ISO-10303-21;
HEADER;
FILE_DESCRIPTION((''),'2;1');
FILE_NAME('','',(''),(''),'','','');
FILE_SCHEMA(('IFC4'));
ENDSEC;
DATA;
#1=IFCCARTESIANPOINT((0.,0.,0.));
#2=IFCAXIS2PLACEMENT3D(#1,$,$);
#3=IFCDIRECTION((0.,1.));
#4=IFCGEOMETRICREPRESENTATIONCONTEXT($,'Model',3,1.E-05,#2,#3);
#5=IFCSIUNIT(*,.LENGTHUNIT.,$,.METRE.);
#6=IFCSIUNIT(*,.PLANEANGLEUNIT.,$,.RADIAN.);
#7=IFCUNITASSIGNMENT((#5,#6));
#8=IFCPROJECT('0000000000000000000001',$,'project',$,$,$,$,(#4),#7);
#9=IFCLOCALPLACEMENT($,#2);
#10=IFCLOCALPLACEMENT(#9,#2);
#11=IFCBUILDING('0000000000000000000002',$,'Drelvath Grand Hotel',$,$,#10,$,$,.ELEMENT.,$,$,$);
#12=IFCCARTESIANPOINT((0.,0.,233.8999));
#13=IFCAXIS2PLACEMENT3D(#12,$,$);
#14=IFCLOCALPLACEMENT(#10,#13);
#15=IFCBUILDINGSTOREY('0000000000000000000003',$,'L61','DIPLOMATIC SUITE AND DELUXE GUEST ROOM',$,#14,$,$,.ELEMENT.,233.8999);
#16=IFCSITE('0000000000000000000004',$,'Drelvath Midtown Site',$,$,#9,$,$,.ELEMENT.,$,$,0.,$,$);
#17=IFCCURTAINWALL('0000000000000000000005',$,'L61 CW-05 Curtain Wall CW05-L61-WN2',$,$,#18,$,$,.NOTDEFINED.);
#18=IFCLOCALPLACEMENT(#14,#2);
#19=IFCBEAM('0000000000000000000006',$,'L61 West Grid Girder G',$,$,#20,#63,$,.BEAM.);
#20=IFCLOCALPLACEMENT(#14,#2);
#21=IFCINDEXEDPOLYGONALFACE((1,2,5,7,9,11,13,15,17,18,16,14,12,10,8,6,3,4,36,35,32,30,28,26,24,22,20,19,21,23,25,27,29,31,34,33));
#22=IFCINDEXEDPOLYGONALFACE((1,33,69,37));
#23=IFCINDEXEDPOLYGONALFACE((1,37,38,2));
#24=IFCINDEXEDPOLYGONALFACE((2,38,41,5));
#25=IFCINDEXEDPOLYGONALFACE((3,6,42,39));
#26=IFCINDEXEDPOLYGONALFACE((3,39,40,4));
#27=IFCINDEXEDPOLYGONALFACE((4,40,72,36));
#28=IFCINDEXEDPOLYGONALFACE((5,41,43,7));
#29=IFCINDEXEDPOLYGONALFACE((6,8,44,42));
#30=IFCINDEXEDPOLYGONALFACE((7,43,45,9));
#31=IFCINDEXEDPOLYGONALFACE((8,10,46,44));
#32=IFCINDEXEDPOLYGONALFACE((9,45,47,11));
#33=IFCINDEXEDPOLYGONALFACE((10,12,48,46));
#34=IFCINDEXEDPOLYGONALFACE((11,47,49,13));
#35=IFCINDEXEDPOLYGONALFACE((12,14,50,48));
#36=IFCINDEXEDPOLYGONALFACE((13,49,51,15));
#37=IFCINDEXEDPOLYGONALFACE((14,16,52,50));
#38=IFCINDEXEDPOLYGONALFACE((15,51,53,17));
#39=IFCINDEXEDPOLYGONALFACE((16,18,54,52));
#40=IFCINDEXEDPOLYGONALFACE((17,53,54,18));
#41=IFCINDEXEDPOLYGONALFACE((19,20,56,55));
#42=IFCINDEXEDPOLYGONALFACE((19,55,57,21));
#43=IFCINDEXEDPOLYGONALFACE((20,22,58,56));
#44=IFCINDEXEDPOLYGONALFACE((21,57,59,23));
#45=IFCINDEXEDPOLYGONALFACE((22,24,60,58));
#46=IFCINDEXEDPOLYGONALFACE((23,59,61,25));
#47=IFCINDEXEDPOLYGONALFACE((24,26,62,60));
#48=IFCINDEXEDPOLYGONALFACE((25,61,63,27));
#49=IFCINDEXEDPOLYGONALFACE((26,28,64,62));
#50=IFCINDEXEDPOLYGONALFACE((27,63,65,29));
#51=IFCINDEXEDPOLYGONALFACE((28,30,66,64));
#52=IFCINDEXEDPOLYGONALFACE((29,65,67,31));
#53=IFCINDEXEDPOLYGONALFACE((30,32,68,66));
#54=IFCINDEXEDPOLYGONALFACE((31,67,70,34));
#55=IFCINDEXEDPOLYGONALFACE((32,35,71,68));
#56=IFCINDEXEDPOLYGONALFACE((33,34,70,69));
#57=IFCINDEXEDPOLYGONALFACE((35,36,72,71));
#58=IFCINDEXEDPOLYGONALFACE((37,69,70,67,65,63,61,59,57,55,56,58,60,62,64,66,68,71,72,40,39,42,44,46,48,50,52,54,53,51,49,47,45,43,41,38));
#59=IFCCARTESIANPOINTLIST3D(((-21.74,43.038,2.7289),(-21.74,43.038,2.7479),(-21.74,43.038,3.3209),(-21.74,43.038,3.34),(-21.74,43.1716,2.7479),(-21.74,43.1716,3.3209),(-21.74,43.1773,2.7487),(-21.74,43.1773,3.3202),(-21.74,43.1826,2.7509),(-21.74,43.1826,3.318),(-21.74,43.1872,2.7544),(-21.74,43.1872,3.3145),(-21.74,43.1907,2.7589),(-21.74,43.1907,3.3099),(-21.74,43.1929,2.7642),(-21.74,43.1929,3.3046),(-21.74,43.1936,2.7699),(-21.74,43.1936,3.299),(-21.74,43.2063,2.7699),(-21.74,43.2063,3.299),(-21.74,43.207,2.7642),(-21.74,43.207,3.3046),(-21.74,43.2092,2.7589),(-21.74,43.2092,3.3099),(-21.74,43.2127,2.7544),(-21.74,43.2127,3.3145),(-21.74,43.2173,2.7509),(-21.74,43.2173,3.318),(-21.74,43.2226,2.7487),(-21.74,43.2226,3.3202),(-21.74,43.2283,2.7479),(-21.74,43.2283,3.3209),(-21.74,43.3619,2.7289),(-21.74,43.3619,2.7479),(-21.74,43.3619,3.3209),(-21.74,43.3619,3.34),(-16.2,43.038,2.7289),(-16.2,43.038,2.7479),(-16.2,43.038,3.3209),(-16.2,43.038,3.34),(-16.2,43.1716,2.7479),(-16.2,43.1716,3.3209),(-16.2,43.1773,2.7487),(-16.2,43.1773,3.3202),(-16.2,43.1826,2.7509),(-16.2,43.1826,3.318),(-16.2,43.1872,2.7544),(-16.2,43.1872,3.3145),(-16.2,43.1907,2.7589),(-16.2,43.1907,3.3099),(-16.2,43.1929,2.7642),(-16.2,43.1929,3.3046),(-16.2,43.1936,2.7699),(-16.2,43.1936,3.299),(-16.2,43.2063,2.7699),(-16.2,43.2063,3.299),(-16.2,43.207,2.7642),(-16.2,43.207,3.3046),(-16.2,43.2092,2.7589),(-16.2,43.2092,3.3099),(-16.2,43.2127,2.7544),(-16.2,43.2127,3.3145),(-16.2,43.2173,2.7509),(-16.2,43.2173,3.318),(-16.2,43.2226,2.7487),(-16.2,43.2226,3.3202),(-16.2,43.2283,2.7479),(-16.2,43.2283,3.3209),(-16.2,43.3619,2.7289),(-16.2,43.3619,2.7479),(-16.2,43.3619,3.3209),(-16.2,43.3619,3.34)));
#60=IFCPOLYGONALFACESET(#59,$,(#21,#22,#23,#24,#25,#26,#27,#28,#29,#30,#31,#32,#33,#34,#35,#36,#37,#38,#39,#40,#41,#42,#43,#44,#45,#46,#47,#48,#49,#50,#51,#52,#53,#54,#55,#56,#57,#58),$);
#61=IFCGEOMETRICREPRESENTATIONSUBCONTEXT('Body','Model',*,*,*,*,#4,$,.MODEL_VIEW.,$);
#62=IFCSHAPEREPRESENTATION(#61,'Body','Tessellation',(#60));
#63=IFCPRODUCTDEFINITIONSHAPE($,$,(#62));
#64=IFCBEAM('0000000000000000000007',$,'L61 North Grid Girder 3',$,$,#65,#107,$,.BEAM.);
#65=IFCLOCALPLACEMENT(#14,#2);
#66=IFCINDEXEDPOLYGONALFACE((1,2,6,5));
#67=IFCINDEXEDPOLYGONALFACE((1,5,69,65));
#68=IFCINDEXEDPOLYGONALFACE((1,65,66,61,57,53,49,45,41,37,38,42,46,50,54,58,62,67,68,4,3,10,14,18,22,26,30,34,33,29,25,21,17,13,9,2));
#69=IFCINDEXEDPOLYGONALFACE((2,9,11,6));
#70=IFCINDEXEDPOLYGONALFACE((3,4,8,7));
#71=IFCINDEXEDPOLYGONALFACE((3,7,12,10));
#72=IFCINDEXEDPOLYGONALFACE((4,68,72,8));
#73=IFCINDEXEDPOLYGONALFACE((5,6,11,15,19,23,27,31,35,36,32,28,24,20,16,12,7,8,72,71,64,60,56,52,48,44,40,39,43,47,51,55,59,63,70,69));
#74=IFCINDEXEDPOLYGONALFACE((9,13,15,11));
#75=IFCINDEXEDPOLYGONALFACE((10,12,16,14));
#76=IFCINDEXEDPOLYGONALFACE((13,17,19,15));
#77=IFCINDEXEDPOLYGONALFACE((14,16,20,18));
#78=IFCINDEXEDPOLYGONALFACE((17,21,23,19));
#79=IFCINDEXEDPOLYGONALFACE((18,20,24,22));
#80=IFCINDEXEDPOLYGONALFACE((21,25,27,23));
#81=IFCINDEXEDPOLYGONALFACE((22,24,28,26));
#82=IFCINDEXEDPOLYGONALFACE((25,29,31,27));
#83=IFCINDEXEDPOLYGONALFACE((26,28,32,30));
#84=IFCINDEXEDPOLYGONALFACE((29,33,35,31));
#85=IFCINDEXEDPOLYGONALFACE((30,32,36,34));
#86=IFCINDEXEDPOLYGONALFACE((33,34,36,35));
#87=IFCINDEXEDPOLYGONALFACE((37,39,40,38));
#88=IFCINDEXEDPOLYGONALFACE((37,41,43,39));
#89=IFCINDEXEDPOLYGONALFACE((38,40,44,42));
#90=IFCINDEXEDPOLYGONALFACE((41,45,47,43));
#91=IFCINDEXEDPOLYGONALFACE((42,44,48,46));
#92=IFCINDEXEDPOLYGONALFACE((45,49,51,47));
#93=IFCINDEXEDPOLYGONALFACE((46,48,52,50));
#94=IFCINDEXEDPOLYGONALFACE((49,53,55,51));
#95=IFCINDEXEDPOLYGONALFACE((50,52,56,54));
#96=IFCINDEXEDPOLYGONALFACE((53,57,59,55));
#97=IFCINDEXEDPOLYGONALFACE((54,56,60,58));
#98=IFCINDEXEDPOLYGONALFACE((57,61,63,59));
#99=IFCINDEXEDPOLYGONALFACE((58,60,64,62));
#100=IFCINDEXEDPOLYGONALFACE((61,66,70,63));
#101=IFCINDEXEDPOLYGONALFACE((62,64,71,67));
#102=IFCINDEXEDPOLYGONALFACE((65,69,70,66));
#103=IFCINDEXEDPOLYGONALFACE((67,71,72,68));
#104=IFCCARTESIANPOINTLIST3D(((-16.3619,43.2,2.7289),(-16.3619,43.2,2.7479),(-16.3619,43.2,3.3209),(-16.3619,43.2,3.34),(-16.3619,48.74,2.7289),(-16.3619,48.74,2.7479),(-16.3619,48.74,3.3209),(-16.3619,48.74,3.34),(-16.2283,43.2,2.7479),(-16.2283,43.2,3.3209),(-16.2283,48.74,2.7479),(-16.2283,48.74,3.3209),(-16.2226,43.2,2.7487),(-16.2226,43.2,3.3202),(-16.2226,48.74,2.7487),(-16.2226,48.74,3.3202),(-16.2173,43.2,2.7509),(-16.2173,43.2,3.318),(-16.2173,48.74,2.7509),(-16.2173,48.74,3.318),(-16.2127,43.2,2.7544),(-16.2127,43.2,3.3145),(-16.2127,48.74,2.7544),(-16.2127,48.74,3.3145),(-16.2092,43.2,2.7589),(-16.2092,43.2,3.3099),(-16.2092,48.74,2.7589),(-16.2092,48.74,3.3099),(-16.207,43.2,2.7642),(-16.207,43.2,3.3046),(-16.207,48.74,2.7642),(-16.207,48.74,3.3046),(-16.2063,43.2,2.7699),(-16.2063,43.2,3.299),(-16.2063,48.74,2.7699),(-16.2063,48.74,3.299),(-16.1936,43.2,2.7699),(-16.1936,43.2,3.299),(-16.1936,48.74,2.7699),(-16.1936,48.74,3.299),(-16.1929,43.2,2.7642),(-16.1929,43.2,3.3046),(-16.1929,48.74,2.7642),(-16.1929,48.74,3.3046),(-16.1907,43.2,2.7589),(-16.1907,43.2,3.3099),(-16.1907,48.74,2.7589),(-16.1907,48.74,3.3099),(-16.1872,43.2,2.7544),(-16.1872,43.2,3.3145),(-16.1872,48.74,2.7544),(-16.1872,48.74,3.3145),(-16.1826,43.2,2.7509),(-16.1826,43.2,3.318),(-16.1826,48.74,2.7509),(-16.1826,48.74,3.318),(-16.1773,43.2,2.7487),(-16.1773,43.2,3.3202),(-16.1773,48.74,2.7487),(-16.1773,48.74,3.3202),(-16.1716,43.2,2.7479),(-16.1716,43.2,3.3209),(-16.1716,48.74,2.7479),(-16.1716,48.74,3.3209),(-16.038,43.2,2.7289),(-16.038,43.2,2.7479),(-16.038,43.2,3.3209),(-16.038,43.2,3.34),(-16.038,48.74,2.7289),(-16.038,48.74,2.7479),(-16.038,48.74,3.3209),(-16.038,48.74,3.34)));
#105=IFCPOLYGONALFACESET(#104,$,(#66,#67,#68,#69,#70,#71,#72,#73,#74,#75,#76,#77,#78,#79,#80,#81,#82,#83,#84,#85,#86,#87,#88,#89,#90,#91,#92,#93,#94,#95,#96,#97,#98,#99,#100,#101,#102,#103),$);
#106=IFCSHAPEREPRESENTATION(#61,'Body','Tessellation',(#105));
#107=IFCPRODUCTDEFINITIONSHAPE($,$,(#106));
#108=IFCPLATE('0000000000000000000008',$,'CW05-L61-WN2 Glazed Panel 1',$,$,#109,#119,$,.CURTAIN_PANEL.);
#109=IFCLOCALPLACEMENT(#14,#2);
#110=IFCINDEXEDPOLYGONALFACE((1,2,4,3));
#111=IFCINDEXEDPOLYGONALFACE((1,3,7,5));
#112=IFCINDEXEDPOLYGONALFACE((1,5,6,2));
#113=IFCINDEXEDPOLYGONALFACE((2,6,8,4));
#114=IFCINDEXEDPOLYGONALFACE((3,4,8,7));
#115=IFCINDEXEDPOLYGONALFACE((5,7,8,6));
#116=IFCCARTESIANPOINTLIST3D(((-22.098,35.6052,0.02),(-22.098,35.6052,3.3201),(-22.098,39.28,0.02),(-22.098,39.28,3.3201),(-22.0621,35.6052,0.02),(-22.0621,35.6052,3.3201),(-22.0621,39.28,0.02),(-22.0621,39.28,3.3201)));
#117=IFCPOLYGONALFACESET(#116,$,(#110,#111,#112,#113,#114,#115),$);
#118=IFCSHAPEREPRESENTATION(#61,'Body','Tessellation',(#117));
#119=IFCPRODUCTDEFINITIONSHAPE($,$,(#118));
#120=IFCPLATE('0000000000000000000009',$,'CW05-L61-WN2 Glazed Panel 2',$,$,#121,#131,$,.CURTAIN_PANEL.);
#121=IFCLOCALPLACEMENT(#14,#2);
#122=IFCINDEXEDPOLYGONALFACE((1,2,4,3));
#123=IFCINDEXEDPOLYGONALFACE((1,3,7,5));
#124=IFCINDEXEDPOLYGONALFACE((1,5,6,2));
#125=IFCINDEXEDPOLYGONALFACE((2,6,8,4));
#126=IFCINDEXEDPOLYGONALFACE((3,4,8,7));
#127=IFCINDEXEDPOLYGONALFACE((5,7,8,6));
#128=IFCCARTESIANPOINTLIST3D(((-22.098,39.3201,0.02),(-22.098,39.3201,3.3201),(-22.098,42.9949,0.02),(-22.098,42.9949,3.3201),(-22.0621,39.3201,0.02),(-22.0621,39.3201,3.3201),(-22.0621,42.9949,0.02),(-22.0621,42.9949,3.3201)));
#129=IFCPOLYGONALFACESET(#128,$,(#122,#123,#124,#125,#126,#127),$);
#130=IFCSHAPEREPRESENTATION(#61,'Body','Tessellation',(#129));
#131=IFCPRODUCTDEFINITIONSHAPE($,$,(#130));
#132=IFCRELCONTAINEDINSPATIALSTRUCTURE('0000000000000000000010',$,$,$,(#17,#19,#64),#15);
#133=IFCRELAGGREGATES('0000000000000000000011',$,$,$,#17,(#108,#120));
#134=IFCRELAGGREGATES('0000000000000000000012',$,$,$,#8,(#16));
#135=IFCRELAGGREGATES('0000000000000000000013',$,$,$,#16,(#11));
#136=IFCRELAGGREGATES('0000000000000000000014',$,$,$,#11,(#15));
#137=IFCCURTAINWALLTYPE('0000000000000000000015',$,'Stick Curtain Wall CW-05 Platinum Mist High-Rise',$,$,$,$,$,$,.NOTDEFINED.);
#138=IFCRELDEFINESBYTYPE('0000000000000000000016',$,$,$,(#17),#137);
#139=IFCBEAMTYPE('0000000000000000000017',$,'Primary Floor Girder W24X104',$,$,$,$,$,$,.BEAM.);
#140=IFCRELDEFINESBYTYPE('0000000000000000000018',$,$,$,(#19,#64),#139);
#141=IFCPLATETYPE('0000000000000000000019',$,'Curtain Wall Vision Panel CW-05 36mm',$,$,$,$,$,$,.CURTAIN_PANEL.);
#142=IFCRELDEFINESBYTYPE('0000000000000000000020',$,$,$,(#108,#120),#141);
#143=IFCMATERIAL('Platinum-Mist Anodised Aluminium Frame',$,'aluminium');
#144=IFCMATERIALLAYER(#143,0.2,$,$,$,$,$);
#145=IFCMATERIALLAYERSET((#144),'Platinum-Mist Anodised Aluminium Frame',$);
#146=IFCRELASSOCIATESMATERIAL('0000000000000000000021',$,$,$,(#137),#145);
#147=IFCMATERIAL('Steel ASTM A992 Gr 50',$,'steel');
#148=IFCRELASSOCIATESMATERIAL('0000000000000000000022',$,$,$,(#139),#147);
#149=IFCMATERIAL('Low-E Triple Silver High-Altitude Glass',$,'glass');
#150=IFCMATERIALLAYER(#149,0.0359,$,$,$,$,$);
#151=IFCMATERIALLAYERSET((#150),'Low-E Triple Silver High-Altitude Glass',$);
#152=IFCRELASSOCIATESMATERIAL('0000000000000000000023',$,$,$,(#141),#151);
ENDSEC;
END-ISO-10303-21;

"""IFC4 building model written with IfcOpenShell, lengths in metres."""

from ifc_helpers import new_model, si_unit, direction, frame, origin, origin_2d, place, context, subcontext, project, spatial, rectangle, i_section, extrude, material, layer, layer_set, material_profile, profile_set, type_object, element, aggregate, save


model = new_model("IFC4")

# Units and contexts
model_context = context("Model", 3, precision=1e-05, world=origin(), true_north=direction((0.0, 1.0)))
body_context = subcontext(model_context, "Body", "Model", "MODEL_VIEW")
ifc_project = project(units=[si_unit("LENGTHUNIT", "METRE"), si_unit("PLANEANGLEUNIT", "RADIAN")], contexts=[model_context])

# Site, building, storey
site_placement = place(None, origin())
site = spatial("IfcSite", under=ifc_project, at=site_placement, Name="Drelvath Midtown Site", CompositionType="ELEMENT", RefElevation=0.0)
building_placement = place(site_placement, origin())
building = spatial("IfcBuilding", under=site, at=building_placement, Name="Drelvath Grand Hotel", CompositionType="ELEMENT")
storey_placement = place(building_placement, frame((0.0, 0.0, 233.8999)))
storey = spatial("IfcBuildingStorey", under=building, at=storey_placement, Name="L61", Description="DIPLOMATIC SUITE AND DELUXE GUEST ROOM", CompositionType="ELEMENT", Elevation=233.8999)

# Shared definitions
ifc_material_1 = material(Name="Steel ASTM A992 Gr 50", Category="steel")

# Curtain wall
ifc_material_2 = material(Name="Platinum-Mist Anodised Aluminium Frame", Category="aluminium")
ifc_layer_1 = layer(ifc_material_2, 0.2)
ifc_layer_set_1 = layer_set([ifc_layer_1], Name="Platinum-Mist Anodised Aluminium Frame")
curtain_wall_type = type_object("IfcCurtainWallType", Name="Stick Curtain Wall CW-05 Platinum Mist High-Rise", PredefinedType="NOTDEFINED", material=ifc_layer_set_1)
curtain_wall_1_placement = place(storey_placement, origin())
curtain_wall_1 = element("IfcCurtainWall", 1, at=curtain_wall_1_placement, inside=storey, type_object=curtain_wall_type, Name="L61 CW-05 Curtain Wall CW05-L61-WN2", PredefinedType="NOTDEFINED")

# Beams
ifc_material_profile_1 = material_profile(ifc_material_1, i_section(OverallWidth=0.324, OverallDepth=0.6111, WebThickness=0.0127, FlangeThickness=0.019, FilletRadius=0.022, at=origin_2d()), Name="W24X104")
ifc_profile_set_1 = profile_set([ifc_material_profile_1], Name="Steel ASTM A992 Gr 50")
beam_type_1 = type_object("IfcBeamType", Name="Primary Floor Girder W24X104", PredefinedType="BEAM", material=ifc_profile_set_1)
for number, where, z_axis, x_axis, name in (
    (2, (-21.74, 43.2, 3.0344), (1.0, 0.0, 0.0), (0.0, 1.0, 0.0), "L61 West Grid Girder G"),
    (3, (-16.2, 43.2, 3.0344), (0.0, 1.0, 0.0), (-1.0, 0.0, 0.0), "L61 North Grid Girder 3"),
):
    element("IfcBeam", number, at=place(storey_placement, frame(where, z_axis=z_axis, x_axis=x_axis)), inside=storey, type_object=beam_type_1, Name=name, PredefinedType="BEAM", context=body_context, shape_type="SweptSolid", body=[
        extrude(i_section(OverallWidth=0.324, OverallDepth=0.6111, WebThickness=0.0127, FlangeThickness=0.019, FilletRadius=0.022, at=origin_2d()), origin(), (0.0, 0.0, 1.0), 5.54),
    ])

# Plates
ifc_material_3 = material(Name="Low-E Triple Silver High-Altitude Glass", Category="glass")
ifc_layer_2 = layer(ifc_material_3, 0.0359)
ifc_layer_set_2 = layer_set([ifc_layer_2], Name="Low-E Triple Silver High-Altitude Glass")
plate_type = type_object("IfcPlateType", Name="Curtain Wall Vision Panel CW-05 36mm", PredefinedType="CURTAIN_PANEL", material=ifc_layer_set_2)
plate_1_placement = place(storey_placement, frame((-22.0801, 37.4426, 0.02), z_axis=(0.0, 0.0, 1.0), x_axis=(0.0, 1.0, 0.0)))
plate_1 = element("IfcPlate", 4, at=plate_1_placement, type_object=plate_type, Name="CW05-L61-WN2 Glazed Panel 1", PredefinedType="CURTAIN_PANEL", context=body_context, shape_type="SweptSolid", body=[
    extrude(rectangle(XDim=3.6748, YDim=0.0359, at=origin_2d()), origin(), (0.0, 0.0, 1.0), 3.3),
])
plate_2_placement = place(storey_placement, frame((-22.0801, 41.1575, 0.02), z_axis=(0.0, 0.0, 1.0), x_axis=(0.0, 1.0, 0.0)))
plate_2 = element("IfcPlate", 5, at=plate_2_placement, type_object=plate_type, Name="CW05-L61-WN2 Glazed Panel 2", PredefinedType="CURTAIN_PANEL", context=body_context, shape_type="SweptSolid", body=[
    extrude(rectangle(XDim=3.6748, YDim=0.0359, at=origin_2d()), origin(), (0.0, 0.0, 1.0), 3.3),
])
aggregate(curtain_wall_1, [plate_1, plate_2])

save(model, "model.ifc")
